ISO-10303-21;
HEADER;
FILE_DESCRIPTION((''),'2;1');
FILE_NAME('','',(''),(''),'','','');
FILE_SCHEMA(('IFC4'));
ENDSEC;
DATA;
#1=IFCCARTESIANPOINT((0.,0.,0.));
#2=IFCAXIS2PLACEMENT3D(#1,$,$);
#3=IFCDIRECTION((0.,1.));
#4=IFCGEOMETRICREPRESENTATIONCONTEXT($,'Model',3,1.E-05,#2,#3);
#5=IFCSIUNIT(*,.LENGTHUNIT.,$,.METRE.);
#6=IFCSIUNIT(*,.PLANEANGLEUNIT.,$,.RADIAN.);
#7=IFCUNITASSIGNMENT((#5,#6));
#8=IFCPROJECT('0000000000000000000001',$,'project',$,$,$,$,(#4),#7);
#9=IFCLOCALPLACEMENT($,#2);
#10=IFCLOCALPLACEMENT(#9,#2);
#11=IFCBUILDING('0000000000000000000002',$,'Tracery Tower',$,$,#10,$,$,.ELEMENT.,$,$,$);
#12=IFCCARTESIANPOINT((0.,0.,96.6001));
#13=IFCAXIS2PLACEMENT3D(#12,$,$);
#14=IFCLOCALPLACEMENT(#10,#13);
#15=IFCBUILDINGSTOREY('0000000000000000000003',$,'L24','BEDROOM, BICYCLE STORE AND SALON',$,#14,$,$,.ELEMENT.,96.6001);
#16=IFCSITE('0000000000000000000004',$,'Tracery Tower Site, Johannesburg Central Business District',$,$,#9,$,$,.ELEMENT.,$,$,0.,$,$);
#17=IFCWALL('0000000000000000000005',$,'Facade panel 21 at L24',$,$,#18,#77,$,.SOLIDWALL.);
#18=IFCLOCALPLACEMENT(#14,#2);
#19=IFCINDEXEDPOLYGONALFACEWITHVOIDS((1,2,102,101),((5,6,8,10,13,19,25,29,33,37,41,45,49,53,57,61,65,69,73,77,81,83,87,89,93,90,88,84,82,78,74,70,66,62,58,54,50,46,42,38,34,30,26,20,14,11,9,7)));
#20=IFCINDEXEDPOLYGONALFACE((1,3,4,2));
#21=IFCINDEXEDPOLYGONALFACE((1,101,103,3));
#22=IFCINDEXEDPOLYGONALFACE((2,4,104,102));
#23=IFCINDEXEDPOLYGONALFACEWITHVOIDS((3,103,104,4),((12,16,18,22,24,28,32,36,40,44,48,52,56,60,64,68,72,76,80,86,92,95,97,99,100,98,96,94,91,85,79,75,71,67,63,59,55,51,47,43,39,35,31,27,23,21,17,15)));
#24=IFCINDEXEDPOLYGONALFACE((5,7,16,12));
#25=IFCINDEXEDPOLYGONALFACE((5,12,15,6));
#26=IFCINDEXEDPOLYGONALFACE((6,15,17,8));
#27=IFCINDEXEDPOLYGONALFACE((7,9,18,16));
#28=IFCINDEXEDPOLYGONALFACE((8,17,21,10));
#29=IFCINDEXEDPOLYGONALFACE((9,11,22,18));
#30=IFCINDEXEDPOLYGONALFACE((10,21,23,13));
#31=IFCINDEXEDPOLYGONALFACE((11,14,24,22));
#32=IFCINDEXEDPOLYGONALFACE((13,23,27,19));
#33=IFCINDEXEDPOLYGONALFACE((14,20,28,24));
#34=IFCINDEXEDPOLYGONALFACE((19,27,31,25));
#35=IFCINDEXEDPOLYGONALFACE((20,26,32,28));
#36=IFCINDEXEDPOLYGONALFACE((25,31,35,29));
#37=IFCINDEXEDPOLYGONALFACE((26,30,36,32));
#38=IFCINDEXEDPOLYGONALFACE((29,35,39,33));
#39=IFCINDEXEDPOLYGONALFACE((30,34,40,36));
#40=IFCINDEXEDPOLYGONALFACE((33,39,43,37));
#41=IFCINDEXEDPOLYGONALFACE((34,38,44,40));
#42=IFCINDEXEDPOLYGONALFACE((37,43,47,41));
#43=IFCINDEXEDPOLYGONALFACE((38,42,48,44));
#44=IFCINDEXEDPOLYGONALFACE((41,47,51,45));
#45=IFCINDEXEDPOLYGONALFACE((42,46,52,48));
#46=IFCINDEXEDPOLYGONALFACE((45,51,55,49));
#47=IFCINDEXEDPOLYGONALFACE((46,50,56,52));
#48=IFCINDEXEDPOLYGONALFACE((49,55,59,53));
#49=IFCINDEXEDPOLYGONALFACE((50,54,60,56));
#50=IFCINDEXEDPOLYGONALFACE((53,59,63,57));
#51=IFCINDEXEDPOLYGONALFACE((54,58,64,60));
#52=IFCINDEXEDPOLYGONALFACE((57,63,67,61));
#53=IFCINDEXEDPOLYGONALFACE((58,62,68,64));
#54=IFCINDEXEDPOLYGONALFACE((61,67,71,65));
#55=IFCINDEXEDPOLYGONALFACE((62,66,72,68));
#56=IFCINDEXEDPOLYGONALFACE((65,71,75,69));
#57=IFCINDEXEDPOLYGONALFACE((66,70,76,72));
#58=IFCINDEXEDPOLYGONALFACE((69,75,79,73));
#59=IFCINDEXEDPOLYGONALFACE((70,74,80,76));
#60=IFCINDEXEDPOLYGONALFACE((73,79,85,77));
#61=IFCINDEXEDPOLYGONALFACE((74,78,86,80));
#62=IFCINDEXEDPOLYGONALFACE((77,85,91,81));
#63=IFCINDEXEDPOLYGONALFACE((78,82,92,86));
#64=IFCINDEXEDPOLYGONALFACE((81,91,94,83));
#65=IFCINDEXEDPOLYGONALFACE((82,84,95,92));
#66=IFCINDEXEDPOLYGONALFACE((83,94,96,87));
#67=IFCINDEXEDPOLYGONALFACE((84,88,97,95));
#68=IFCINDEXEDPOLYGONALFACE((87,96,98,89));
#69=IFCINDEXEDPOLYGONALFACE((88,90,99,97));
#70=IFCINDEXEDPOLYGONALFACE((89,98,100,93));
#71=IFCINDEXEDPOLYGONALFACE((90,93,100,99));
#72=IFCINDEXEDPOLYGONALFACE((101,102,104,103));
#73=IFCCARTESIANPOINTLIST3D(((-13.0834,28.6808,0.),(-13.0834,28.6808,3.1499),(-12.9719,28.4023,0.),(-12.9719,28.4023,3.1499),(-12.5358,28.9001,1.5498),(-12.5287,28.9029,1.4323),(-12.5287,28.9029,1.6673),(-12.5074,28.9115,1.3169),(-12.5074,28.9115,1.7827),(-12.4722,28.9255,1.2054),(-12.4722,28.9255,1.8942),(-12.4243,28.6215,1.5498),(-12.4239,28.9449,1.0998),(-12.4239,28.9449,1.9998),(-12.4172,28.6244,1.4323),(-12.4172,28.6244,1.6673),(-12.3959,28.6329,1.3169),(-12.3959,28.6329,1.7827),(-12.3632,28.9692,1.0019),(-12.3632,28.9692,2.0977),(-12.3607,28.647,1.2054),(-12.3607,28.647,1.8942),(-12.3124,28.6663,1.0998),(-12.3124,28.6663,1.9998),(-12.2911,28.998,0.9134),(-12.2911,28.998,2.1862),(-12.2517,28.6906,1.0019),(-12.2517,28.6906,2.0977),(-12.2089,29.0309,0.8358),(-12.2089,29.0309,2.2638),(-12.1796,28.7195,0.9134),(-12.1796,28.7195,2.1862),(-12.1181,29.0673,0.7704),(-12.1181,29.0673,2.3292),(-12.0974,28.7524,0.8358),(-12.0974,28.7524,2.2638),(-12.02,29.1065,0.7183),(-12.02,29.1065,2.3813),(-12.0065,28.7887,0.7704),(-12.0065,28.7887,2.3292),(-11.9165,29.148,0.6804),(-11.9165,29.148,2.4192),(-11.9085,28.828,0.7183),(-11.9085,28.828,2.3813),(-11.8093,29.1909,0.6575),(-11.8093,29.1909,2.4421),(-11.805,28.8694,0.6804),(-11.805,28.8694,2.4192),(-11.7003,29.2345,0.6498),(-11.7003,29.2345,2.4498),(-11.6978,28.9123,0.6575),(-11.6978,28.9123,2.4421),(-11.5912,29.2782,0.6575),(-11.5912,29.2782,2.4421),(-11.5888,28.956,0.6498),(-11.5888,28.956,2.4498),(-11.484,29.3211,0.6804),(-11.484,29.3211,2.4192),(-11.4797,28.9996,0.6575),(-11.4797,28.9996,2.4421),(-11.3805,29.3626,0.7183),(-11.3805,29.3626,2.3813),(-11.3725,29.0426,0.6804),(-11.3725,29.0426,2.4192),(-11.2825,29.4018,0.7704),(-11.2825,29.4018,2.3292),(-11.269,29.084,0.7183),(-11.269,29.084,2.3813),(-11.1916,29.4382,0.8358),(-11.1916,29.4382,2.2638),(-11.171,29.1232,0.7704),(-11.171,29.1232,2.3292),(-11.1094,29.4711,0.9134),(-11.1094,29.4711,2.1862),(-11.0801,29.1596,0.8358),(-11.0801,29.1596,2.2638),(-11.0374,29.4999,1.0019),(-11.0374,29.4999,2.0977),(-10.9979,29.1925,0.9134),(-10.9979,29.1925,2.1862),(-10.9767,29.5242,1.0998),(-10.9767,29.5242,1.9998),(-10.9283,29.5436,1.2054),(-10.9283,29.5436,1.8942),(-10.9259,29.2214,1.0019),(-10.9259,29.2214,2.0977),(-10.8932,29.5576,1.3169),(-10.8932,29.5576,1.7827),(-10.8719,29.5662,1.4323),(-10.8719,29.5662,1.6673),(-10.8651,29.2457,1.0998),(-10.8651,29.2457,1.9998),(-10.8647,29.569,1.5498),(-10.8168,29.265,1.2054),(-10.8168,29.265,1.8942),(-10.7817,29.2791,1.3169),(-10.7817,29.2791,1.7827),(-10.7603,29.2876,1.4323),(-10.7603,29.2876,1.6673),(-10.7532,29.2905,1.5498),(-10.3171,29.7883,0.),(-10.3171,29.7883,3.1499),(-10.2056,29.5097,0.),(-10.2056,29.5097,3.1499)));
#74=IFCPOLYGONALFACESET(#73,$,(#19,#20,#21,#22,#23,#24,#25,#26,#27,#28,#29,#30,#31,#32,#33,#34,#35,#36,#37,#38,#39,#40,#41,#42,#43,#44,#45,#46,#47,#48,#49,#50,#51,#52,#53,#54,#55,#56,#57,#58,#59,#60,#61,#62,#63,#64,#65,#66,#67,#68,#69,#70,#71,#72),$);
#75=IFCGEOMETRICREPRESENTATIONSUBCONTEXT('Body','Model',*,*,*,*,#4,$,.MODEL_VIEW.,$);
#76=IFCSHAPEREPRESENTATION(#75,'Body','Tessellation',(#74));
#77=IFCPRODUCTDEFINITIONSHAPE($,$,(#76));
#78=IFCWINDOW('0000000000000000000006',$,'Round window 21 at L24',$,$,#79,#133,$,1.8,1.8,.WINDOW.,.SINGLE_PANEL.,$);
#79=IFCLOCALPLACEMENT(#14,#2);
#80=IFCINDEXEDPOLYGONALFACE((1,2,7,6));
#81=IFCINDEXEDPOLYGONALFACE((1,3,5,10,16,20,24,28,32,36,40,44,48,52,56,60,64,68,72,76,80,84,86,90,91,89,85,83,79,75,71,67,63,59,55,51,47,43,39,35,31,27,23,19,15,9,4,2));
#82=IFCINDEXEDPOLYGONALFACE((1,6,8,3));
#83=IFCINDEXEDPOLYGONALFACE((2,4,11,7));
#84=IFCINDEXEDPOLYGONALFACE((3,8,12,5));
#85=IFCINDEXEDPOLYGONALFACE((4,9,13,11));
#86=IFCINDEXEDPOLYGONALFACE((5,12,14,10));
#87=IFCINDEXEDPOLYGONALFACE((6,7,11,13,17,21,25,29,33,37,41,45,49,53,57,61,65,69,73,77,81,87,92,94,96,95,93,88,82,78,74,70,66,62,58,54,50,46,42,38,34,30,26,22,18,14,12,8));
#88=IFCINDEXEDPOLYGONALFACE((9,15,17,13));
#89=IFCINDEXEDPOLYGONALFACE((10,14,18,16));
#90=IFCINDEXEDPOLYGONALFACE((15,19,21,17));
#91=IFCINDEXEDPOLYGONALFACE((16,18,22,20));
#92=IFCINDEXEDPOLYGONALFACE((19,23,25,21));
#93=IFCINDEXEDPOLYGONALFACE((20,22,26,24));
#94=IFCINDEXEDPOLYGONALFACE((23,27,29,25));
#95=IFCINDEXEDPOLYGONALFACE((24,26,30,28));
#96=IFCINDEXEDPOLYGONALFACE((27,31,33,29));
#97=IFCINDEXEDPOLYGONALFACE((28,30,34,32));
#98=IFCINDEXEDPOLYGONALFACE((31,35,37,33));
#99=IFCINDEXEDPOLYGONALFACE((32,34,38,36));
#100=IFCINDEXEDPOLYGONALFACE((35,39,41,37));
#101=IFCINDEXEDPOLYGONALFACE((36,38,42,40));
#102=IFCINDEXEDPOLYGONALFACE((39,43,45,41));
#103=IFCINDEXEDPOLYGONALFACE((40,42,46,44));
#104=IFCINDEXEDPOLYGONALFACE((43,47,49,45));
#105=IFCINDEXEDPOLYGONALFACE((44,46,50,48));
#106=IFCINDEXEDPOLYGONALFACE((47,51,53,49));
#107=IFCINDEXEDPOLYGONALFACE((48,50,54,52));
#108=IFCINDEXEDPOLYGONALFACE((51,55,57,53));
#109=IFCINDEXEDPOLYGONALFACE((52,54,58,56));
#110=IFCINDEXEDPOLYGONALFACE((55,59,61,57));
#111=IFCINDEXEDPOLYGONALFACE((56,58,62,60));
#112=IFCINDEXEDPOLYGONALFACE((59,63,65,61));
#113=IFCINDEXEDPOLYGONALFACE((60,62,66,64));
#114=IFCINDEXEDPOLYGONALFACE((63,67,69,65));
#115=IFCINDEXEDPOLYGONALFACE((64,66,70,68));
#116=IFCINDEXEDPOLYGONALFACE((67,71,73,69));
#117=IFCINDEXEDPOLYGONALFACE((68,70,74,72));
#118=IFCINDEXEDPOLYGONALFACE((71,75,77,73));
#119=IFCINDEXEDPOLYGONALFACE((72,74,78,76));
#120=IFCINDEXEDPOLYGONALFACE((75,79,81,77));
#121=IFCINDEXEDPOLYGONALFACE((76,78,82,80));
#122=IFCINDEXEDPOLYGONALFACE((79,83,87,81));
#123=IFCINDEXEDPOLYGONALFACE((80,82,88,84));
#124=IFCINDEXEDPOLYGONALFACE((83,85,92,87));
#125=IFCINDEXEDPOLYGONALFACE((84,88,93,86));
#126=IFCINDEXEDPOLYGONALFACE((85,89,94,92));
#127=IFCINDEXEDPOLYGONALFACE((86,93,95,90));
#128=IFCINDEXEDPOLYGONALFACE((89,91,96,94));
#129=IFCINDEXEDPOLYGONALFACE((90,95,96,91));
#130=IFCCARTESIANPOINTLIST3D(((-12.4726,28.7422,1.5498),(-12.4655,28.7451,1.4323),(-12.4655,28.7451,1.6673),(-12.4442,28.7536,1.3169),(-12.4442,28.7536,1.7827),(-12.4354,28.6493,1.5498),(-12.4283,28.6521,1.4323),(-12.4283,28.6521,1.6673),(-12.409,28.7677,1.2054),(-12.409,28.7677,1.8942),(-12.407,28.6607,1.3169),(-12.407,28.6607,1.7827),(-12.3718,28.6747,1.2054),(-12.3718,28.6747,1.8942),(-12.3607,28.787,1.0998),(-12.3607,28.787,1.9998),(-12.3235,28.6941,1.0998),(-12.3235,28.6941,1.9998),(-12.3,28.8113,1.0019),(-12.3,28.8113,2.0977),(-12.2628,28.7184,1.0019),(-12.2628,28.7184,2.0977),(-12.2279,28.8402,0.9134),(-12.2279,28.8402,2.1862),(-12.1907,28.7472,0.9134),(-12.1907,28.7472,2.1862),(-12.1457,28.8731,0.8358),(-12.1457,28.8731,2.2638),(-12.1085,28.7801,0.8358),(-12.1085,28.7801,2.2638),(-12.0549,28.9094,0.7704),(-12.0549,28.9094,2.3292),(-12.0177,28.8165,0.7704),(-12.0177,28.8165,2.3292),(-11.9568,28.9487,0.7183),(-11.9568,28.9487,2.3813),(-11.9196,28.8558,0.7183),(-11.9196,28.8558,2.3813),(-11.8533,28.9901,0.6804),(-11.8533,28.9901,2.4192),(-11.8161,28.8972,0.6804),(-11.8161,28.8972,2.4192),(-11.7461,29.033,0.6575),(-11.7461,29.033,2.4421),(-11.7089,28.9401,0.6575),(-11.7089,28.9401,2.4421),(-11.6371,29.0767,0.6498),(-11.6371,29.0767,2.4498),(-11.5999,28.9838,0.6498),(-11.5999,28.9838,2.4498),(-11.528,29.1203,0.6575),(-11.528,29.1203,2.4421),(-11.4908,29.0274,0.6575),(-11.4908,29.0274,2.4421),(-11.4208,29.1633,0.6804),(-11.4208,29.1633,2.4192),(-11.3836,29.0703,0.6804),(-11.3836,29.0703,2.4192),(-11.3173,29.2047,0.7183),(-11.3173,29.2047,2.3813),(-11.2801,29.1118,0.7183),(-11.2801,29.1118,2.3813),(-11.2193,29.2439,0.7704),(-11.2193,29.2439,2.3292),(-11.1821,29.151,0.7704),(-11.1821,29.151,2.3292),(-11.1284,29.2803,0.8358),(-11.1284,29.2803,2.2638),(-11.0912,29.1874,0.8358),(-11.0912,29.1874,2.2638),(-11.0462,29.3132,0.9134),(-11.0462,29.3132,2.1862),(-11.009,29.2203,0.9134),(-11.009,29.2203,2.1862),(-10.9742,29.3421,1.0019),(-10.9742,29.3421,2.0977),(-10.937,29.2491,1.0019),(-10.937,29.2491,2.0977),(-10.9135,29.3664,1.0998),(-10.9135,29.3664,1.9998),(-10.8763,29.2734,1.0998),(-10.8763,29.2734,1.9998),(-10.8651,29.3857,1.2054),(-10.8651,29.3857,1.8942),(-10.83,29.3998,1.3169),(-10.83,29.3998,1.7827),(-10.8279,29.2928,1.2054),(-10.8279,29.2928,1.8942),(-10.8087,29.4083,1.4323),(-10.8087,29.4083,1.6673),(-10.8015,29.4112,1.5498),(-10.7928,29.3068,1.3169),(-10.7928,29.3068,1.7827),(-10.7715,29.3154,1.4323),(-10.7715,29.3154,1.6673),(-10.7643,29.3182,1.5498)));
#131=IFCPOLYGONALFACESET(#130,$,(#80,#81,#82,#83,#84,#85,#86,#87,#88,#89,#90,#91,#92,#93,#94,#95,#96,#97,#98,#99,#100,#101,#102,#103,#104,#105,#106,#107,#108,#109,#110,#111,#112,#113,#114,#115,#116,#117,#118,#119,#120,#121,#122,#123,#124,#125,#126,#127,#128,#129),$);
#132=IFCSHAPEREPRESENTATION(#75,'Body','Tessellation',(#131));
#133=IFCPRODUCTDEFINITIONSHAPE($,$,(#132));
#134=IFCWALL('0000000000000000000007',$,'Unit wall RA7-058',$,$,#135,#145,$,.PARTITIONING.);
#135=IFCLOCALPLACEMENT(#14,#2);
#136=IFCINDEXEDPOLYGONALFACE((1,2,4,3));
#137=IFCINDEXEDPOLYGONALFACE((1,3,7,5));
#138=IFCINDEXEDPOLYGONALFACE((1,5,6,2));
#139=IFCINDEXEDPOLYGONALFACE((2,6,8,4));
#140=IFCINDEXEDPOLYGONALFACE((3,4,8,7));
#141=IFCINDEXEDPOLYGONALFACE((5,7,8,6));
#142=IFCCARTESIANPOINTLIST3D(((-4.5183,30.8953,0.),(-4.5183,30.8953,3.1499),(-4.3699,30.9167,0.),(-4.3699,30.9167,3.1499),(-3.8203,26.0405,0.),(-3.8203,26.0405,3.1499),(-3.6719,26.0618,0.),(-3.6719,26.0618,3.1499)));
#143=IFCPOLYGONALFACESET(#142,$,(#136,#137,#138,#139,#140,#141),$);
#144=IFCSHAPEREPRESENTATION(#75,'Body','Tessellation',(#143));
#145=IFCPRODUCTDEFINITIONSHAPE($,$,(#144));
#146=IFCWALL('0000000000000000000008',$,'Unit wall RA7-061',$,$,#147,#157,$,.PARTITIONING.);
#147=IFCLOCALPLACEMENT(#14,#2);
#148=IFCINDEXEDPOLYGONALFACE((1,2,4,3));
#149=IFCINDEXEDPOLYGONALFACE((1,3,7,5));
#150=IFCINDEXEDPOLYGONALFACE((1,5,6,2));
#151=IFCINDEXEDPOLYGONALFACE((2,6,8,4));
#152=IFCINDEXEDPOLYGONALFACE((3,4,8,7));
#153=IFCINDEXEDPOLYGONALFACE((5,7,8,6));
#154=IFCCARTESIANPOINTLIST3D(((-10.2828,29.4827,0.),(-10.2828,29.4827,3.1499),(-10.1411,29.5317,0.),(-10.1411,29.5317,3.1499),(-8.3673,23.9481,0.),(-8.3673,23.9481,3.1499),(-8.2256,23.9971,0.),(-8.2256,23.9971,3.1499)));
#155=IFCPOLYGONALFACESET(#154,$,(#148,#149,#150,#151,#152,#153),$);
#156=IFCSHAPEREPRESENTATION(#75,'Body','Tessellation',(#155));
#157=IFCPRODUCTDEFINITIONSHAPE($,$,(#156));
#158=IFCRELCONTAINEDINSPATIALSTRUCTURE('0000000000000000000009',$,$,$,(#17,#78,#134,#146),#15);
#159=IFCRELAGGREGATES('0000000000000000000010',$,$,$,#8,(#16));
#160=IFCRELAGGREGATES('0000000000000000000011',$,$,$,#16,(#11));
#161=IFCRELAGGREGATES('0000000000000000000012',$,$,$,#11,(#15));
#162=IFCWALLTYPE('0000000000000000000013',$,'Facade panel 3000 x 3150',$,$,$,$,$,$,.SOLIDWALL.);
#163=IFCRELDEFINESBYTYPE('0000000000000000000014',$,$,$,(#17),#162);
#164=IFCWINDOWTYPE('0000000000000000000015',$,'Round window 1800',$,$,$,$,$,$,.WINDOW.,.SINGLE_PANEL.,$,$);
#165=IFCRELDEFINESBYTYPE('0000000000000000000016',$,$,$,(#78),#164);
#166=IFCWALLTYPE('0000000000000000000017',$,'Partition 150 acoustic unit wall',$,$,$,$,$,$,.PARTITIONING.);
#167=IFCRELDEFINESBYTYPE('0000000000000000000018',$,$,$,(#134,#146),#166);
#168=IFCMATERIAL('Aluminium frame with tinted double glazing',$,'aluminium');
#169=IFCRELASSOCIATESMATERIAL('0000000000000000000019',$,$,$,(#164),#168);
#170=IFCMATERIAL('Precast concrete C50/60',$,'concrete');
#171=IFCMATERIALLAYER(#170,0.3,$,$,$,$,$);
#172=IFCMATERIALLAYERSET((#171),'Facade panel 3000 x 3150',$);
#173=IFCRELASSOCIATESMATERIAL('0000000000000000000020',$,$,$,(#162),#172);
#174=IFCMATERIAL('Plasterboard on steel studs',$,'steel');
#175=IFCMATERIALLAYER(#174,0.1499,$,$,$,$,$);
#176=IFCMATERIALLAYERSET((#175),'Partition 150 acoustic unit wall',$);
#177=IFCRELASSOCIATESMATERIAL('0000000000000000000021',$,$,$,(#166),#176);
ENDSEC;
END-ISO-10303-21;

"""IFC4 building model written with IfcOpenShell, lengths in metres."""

from ifc_helpers import new_model, si_unit, direction, frame, frame_2d, origin, origin_2d, place, context, subcontext, project, spatial, rectangle, circle, extrude, material, layer, layer_set, type_object, element, fill, save


model = new_model("IFC4")

# Units and contexts
model_context = context("Model", 3, precision=1e-05, world=origin(), true_north=direction((0.0, 1.0)))
body_context = subcontext(model_context, "Body", "Model", "MODEL_VIEW")
ifc_project = project(units=[si_unit("LENGTHUNIT", "METRE"), si_unit("PLANEANGLEUNIT", "RADIAN")], contexts=[model_context])

# Site, building, storey
site_placement = place(None, origin())
site = spatial("IfcSite", under=ifc_project, at=site_placement, Name="Tracery Tower Site, Johannesburg Central Business District", CompositionType="ELEMENT", RefElevation=0.0)
building_placement = place(site_placement, origin())
building = spatial("IfcBuilding", under=site, at=building_placement, Name="Tracery Tower", CompositionType="ELEMENT")
storey_placement = place(building_placement, frame((0.0, 0.0, 96.6001)))
storey = spatial("IfcBuildingStorey", under=building, at=storey_placement, Name="L24", Description="BEDROOM, BICYCLE STORE AND SALON", CompositionType="ELEMENT", Elevation=96.6001)

# Wall, opening, window
ifc_material_1 = material(Name="Aluminium frame with tinted double glazing", Category="aluminium")
window_type = type_object("IfcWindowType", Name="Round window 1800", PartitioningType="SINGLE_PANEL", PredefinedType="WINDOW", material=ifc_material_1)
ifc_material_2 = material(Name="Precast concrete C50/60", Category="concrete")
ifc_layer_1 = layer(ifc_material_2, 0.3)
ifc_layer_set_1 = layer_set([ifc_layer_1], Name="Facade panel 3000 x 3150")
wall_type_1 = type_object("IfcWallType", Name="Facade panel 3000 x 3150", PredefinedType="SOLIDWALL", material=ifc_layer_set_1)
wall_1_placement = place(storey_placement, frame((-10.2615, 29.6489, 0.0), z_axis=(0.0, 0.0, 1.0), x_axis=(-0.928375, -0.371645, 0.0)))
wall_1 = element("IfcWall", 1, at=wall_1_placement, inside=storey, type_object=wall_type_1, Name="Facade panel 21 at L24", PredefinedType="SOLIDWALL", context=body_context, shape_type="SweptSolid", body=[
    extrude(rectangle(XDim=2.9797, YDim=0.3, at=frame_2d((1.4897, 0.0))), origin(), (0.0, 0.0, 1.0), 3.1499),
])
opening_1_placement = place(wall_1_placement, frame((1.4897, 0.0, 1.5498)))
opening_1 = element("IfcOpeningElement", 2, at=opening_1_placement, cuts=wall_1, PredefinedType="OPENING", context=body_context, shape_type="SweptSolid", body=[
    extrude(circle(Radius=0.9, at=origin_2d()), frame((0.0, 0.1599, 0.0), z_axis=(0.0, -1.0, 0.0), x_axis=(1.0, 0.0, 0.0)), (0.0, 0.0, 1.0), 0.3201),
])
window_1_placement = place(opening_1_placement, origin())
window_1 = element("IfcWindow", 3, at=window_1_placement, inside=storey, type_object=window_type, Name="Round window 21 at L24", OverallHeight=1.8, OverallWidth=1.8, PartitioningType="SINGLE_PANEL", PredefinedType="WINDOW", context=body_context, shape_type="SweptSolid", body=[
    extrude(circle(Radius=0.9, at=origin_2d()), frame((0.0, 0.1201, 0.0), z_axis=(0.0, -1.0, 0.0), x_axis=(1.0, 0.0, 0.0)), (0.0, 0.0, 1.0), 0.1001),
])
fill(opening_1, window_1)

# Walls
ifc_material_3 = material(Name="Plasterboard on steel studs", Category="steel")
ifc_layer_2 = layer(ifc_material_3, 0.1499)
ifc_layer_set_2 = layer_set([ifc_layer_2], Name="Partition 150 acoustic unit wall")
wall_type_2 = type_object("IfcWallType", Name="Partition 150 acoustic unit wall", PredefinedType="PARTITIONING", material=ifc_layer_set_2)
wall_2_placement = place(storey_placement, frame((-4.4441, 30.906, 0.0), z_axis=(0.0, 0.0, 1.0), x_axis=(0.142306, -0.989823, 0.0)))
element("IfcWall", 4, at=wall_2_placement, inside=storey, type_object=wall_type_2, Name="Unit wall RA7-058", PredefinedType="PARTITIONING", context=body_context, shape_type="SweptSolid", body=[
    extrude(rectangle(XDim=4.9048, YDim=0.1499, at=frame_2d((2.4524, 0.0))), origin(), (0.0, 0.0, 1.0), 3.1499),
])
wall_3_placement = place(storey_placement, frame((-10.2119, 29.5071, 0.0), z_axis=(0.0, 0.0, 1.0), x_axis=(0.327062, -0.945003, 0.0)))
element("IfcWall", 5, at=wall_3_placement, inside=storey, type_object=wall_type_2, Name="Unit wall RA7-061", PredefinedType="PARTITIONING", context=body_context, shape_type="SweptSolid", body=[
    extrude(rectangle(XDim=5.8567, YDim=0.1499, at=frame_2d((2.9282, 0.0))), origin(), (0.0, 0.0, 1.0), 3.1499),
])

save(model, "model.ifc")
